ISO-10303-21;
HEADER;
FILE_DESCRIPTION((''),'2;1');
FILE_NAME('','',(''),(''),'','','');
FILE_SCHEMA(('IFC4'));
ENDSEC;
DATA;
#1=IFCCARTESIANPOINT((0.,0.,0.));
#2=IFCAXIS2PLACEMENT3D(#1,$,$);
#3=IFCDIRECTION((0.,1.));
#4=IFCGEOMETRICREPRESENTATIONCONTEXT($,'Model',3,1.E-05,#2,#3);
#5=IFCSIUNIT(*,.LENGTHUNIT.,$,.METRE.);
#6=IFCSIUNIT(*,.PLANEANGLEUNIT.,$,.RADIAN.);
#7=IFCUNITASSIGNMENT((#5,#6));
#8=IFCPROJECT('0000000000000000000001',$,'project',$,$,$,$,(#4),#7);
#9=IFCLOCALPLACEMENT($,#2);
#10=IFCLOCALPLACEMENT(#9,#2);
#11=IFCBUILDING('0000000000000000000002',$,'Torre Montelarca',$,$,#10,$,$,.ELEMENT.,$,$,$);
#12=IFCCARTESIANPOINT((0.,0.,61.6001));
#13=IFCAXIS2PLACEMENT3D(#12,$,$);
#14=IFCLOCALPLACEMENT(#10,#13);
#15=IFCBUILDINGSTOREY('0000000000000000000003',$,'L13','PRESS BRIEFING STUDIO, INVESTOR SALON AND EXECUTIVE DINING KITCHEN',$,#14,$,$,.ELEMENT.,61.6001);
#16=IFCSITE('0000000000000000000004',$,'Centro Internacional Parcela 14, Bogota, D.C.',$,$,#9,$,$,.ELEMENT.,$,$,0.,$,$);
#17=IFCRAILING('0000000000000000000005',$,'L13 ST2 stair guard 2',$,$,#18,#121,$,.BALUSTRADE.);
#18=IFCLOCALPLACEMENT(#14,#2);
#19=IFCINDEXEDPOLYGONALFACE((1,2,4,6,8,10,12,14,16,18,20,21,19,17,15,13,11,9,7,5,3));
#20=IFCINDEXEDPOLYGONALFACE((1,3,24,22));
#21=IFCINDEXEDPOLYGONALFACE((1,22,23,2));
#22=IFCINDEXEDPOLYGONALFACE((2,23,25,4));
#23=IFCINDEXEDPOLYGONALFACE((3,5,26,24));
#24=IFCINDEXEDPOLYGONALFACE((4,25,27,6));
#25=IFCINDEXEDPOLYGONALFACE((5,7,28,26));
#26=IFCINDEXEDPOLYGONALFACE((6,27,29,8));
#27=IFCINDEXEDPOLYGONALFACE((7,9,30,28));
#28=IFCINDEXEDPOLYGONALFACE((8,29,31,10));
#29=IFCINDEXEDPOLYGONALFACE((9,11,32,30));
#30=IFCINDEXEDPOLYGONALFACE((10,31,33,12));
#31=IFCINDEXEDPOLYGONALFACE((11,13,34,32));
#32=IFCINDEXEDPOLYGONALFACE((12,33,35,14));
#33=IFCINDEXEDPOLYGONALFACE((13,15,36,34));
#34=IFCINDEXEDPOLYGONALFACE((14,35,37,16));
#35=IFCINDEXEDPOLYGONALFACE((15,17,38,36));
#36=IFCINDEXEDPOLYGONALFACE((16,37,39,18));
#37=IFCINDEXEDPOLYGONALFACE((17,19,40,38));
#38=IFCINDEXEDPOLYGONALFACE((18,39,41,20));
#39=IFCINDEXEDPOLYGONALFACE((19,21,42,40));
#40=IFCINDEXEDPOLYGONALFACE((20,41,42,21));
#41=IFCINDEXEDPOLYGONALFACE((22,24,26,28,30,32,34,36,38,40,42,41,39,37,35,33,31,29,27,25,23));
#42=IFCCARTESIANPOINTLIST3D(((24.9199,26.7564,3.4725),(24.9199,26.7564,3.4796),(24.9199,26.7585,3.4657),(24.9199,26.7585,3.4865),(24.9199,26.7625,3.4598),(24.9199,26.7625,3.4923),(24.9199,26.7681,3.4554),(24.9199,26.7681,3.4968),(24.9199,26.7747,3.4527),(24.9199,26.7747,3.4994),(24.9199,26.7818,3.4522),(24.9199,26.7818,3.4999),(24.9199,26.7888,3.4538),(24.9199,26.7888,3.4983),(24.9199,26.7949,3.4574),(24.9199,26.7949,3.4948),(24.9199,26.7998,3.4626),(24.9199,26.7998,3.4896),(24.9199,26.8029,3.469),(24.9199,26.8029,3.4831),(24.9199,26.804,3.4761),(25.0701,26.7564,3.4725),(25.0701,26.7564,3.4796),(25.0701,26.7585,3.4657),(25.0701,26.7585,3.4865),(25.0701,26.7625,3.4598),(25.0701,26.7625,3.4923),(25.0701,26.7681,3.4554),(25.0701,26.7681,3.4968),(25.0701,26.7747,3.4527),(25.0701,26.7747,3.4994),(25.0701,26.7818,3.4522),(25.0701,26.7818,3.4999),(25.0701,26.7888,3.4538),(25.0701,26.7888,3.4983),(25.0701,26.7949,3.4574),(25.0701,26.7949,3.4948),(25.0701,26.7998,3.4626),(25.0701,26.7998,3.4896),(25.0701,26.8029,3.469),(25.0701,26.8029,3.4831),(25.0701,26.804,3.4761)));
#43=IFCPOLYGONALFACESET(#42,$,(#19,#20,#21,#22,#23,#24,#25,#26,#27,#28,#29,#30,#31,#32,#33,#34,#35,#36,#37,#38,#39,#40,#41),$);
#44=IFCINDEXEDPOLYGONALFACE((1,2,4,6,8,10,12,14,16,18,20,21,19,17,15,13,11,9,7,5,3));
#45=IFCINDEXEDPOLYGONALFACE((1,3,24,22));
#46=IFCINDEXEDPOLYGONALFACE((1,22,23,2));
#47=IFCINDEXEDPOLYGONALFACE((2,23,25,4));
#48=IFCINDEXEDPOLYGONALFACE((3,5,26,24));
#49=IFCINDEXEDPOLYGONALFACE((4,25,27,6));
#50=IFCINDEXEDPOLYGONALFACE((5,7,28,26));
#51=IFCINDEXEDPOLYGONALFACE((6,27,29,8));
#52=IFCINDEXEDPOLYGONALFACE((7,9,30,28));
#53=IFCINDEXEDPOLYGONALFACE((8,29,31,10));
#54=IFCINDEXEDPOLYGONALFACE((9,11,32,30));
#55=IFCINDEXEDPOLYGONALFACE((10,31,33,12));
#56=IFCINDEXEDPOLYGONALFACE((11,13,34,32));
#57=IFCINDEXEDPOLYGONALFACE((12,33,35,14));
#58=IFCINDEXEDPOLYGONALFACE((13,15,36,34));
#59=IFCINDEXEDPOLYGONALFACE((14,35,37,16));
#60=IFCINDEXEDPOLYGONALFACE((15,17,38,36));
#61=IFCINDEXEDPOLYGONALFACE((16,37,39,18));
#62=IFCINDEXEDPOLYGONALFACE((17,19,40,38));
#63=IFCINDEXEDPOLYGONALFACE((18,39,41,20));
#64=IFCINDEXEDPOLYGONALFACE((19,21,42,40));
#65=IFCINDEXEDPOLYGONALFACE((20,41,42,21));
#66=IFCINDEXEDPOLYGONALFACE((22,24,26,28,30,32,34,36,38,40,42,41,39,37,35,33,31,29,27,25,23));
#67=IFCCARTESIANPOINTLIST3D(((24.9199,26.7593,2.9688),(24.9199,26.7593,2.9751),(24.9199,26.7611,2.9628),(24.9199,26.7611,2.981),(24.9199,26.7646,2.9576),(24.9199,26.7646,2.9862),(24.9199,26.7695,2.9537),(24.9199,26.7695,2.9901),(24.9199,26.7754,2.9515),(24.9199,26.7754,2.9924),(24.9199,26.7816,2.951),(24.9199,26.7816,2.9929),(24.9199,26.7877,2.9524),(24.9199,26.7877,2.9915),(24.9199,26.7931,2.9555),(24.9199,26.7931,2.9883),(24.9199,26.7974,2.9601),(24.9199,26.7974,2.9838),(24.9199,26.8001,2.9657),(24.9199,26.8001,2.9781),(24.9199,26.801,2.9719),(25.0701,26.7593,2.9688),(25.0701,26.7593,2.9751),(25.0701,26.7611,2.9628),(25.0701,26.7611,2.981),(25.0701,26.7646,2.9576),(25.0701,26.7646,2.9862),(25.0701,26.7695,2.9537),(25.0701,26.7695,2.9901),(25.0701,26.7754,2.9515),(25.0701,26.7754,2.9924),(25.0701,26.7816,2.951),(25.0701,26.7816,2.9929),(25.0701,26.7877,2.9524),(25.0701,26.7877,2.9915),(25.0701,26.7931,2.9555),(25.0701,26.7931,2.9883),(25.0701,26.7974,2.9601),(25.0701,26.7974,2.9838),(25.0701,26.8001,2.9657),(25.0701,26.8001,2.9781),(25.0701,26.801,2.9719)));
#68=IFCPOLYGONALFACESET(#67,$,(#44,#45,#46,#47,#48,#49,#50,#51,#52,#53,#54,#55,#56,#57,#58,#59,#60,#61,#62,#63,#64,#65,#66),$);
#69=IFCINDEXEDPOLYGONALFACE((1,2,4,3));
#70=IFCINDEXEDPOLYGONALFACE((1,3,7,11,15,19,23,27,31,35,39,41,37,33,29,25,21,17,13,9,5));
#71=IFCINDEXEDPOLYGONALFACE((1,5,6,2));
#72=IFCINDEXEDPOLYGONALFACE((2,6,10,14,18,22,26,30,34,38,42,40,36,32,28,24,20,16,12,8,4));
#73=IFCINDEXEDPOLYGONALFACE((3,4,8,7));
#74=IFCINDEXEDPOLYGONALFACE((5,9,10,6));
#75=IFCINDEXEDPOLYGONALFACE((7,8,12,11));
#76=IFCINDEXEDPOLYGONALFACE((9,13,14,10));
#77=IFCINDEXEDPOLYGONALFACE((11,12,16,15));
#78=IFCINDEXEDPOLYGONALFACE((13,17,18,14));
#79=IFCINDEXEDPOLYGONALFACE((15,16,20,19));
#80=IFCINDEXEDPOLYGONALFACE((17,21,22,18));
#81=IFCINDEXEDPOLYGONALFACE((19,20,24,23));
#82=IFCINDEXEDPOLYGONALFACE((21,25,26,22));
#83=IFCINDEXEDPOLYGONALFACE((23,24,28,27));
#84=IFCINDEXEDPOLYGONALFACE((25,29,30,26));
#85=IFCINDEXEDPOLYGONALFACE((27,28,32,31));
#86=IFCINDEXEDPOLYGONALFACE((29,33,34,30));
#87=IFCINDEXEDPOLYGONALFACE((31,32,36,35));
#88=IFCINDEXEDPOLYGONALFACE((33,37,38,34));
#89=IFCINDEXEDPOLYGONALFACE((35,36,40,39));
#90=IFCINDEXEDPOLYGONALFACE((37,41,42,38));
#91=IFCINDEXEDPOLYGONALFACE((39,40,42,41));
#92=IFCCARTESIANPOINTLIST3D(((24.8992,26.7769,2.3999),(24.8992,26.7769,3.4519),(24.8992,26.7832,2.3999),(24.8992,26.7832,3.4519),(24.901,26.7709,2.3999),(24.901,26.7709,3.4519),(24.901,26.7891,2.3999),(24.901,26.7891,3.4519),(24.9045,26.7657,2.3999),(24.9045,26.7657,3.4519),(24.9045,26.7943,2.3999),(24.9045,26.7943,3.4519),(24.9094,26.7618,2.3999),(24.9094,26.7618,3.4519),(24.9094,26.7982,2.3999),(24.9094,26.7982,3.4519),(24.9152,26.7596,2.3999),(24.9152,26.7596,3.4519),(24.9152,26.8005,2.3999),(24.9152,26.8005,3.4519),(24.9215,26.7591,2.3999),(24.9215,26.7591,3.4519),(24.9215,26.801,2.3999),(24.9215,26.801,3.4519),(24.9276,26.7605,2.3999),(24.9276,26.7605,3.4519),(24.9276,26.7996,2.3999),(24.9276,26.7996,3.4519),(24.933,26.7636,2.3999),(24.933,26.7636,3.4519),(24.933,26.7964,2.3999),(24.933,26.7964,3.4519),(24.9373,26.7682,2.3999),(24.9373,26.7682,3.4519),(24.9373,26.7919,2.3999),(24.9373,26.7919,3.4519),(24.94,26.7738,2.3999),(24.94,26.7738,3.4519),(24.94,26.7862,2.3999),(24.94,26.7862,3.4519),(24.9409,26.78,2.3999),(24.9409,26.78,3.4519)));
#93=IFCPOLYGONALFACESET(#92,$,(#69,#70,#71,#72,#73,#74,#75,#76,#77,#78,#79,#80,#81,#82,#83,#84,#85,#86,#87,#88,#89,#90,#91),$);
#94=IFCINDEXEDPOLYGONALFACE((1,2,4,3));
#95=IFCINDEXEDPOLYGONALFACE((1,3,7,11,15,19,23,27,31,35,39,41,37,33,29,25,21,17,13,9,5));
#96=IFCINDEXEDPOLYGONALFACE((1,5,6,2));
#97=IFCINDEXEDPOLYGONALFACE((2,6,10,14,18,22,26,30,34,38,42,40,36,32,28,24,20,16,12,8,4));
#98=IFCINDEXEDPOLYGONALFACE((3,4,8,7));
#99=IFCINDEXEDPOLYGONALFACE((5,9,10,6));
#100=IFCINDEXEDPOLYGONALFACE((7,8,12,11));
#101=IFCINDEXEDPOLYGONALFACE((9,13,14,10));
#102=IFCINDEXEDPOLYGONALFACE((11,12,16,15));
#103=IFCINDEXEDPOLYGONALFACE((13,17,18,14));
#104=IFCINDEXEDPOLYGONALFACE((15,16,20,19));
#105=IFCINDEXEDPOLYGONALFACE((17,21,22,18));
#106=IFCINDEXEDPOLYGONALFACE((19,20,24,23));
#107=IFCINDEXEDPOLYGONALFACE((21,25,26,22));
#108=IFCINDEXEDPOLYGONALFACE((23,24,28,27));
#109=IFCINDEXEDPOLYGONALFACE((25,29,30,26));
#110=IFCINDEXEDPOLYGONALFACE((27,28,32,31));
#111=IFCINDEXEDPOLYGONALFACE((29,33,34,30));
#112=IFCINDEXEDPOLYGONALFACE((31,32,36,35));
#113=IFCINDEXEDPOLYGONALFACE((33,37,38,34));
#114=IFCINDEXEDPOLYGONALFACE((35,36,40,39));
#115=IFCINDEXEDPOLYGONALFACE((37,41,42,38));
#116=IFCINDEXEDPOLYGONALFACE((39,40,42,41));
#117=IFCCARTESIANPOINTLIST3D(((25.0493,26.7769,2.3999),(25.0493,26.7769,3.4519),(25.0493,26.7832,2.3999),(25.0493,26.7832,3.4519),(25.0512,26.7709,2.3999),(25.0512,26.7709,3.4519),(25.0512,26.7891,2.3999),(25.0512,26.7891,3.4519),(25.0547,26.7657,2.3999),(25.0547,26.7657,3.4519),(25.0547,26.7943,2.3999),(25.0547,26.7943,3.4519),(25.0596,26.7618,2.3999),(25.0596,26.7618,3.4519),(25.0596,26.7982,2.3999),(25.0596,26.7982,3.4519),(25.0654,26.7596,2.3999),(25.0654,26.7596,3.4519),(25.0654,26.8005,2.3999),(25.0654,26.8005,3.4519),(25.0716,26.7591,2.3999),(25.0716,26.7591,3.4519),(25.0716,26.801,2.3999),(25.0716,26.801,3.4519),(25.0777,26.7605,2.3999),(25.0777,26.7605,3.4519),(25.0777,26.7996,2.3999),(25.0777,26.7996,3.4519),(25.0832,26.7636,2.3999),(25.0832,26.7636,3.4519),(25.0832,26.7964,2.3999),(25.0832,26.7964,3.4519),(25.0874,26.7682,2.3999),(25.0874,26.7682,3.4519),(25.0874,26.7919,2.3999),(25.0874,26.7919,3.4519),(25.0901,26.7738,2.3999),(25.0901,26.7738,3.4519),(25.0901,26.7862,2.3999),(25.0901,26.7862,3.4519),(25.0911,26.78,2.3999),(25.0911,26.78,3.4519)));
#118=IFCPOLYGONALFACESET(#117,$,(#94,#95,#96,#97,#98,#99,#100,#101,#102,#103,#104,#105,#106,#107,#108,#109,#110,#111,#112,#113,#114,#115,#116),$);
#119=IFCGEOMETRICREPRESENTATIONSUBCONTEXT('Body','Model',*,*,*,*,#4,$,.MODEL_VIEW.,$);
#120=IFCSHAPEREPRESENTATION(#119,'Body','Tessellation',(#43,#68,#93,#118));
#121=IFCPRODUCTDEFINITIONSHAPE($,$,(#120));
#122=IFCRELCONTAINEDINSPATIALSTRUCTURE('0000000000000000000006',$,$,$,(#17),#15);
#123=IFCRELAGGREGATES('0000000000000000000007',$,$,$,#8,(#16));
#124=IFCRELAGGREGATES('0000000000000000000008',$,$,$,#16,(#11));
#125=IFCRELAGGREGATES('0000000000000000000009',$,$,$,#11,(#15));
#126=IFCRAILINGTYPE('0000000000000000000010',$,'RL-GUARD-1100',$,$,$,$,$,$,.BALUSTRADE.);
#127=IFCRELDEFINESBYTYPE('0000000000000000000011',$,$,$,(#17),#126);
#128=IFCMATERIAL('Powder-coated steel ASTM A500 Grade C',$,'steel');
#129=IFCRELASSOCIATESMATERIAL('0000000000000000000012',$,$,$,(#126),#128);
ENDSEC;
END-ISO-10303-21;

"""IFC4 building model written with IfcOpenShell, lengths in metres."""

from ifc_helpers import new_model, si_unit, direction, frame, origin, origin_2d, place, context, subcontext, project, spatial, circle, extrude, material, type_object, element, save


model = new_model("IFC4")

# Units and contexts
model_context = context("Model", 3, precision=1e-05, world=origin(), true_north=direction((0.0, 1.0)))
body_context = subcontext(model_context, "Body", "Model", "MODEL_VIEW")
ifc_project = project(units=[si_unit("LENGTHUNIT", "METRE"), si_unit("PLANEANGLEUNIT", "RADIAN")], contexts=[model_context])

# Site, building, storey
site_placement = place(None, origin())
site = spatial("IfcSite", under=ifc_project, at=site_placement, Name="Centro Internacional Parcela 14, Bogota, D.C.", CompositionType="ELEMENT", RefElevation=0.0)
building_placement = place(site_placement, origin())
building = spatial("IfcBuilding", under=site, at=building_placement, Name="Torre Montelarca", CompositionType="ELEMENT")
storey_placement = place(building_placement, frame((0.0, 0.0, 61.6001)))
storey = spatial("IfcBuildingStorey", under=building, at=storey_placement, Name="L13", Description="PRESS BRIEFING STUDIO, INVESTOR SALON AND EXECUTIVE DINING KITCHEN", CompositionType="ELEMENT", Elevation=61.6001)

# Railing
ifc_material_1 = material(Name="Powder-coated steel ASTM A500 Grade C", Category="steel")
railing_type_1 = type_object("IfcRailingType", Name="RL-GUARD-1100", PredefinedType="BALUSTRADE", material=ifc_material_1)
railing_1_placement = place(storey_placement, frame((24.9199, 26.78, 2.3999)))
element("IfcRailing", 1, at=railing_1_placement, inside=storey, type_object=railing_type_1, Name="L13 ST2 stair guard 2", PredefinedType="BALUSTRADE", context=body_context, shape_type="SweptSolid", body=[
    extrude(circle(Radius=0.0239, at=origin_2d()), frame((0.0, 0.0, 1.0762), z_axis=(1.0, 0.0, 0.0), x_axis=(0.0, 1.0, 0.0)), (0.0, 0.0, 1.0), 0.1501),
    extrude(circle(Radius=0.021, at=origin_2d()), frame((0.0, 0.0, 0.572), z_axis=(1.0, 0.0, 0.0), x_axis=(0.0, 1.0, 0.0)), (0.0, 0.0, 1.0), 0.1501),
    extrude(circle(Radius=0.021, at=origin_2d()), origin(), (0.0, 0.0, 1.0), 1.052),
    extrude(circle(Radius=0.021, at=origin_2d()), frame((0.1501, 0.0, 0.0)), (0.0, 0.0, 1.0), 1.052),
])

save(model, "model.ifc")
